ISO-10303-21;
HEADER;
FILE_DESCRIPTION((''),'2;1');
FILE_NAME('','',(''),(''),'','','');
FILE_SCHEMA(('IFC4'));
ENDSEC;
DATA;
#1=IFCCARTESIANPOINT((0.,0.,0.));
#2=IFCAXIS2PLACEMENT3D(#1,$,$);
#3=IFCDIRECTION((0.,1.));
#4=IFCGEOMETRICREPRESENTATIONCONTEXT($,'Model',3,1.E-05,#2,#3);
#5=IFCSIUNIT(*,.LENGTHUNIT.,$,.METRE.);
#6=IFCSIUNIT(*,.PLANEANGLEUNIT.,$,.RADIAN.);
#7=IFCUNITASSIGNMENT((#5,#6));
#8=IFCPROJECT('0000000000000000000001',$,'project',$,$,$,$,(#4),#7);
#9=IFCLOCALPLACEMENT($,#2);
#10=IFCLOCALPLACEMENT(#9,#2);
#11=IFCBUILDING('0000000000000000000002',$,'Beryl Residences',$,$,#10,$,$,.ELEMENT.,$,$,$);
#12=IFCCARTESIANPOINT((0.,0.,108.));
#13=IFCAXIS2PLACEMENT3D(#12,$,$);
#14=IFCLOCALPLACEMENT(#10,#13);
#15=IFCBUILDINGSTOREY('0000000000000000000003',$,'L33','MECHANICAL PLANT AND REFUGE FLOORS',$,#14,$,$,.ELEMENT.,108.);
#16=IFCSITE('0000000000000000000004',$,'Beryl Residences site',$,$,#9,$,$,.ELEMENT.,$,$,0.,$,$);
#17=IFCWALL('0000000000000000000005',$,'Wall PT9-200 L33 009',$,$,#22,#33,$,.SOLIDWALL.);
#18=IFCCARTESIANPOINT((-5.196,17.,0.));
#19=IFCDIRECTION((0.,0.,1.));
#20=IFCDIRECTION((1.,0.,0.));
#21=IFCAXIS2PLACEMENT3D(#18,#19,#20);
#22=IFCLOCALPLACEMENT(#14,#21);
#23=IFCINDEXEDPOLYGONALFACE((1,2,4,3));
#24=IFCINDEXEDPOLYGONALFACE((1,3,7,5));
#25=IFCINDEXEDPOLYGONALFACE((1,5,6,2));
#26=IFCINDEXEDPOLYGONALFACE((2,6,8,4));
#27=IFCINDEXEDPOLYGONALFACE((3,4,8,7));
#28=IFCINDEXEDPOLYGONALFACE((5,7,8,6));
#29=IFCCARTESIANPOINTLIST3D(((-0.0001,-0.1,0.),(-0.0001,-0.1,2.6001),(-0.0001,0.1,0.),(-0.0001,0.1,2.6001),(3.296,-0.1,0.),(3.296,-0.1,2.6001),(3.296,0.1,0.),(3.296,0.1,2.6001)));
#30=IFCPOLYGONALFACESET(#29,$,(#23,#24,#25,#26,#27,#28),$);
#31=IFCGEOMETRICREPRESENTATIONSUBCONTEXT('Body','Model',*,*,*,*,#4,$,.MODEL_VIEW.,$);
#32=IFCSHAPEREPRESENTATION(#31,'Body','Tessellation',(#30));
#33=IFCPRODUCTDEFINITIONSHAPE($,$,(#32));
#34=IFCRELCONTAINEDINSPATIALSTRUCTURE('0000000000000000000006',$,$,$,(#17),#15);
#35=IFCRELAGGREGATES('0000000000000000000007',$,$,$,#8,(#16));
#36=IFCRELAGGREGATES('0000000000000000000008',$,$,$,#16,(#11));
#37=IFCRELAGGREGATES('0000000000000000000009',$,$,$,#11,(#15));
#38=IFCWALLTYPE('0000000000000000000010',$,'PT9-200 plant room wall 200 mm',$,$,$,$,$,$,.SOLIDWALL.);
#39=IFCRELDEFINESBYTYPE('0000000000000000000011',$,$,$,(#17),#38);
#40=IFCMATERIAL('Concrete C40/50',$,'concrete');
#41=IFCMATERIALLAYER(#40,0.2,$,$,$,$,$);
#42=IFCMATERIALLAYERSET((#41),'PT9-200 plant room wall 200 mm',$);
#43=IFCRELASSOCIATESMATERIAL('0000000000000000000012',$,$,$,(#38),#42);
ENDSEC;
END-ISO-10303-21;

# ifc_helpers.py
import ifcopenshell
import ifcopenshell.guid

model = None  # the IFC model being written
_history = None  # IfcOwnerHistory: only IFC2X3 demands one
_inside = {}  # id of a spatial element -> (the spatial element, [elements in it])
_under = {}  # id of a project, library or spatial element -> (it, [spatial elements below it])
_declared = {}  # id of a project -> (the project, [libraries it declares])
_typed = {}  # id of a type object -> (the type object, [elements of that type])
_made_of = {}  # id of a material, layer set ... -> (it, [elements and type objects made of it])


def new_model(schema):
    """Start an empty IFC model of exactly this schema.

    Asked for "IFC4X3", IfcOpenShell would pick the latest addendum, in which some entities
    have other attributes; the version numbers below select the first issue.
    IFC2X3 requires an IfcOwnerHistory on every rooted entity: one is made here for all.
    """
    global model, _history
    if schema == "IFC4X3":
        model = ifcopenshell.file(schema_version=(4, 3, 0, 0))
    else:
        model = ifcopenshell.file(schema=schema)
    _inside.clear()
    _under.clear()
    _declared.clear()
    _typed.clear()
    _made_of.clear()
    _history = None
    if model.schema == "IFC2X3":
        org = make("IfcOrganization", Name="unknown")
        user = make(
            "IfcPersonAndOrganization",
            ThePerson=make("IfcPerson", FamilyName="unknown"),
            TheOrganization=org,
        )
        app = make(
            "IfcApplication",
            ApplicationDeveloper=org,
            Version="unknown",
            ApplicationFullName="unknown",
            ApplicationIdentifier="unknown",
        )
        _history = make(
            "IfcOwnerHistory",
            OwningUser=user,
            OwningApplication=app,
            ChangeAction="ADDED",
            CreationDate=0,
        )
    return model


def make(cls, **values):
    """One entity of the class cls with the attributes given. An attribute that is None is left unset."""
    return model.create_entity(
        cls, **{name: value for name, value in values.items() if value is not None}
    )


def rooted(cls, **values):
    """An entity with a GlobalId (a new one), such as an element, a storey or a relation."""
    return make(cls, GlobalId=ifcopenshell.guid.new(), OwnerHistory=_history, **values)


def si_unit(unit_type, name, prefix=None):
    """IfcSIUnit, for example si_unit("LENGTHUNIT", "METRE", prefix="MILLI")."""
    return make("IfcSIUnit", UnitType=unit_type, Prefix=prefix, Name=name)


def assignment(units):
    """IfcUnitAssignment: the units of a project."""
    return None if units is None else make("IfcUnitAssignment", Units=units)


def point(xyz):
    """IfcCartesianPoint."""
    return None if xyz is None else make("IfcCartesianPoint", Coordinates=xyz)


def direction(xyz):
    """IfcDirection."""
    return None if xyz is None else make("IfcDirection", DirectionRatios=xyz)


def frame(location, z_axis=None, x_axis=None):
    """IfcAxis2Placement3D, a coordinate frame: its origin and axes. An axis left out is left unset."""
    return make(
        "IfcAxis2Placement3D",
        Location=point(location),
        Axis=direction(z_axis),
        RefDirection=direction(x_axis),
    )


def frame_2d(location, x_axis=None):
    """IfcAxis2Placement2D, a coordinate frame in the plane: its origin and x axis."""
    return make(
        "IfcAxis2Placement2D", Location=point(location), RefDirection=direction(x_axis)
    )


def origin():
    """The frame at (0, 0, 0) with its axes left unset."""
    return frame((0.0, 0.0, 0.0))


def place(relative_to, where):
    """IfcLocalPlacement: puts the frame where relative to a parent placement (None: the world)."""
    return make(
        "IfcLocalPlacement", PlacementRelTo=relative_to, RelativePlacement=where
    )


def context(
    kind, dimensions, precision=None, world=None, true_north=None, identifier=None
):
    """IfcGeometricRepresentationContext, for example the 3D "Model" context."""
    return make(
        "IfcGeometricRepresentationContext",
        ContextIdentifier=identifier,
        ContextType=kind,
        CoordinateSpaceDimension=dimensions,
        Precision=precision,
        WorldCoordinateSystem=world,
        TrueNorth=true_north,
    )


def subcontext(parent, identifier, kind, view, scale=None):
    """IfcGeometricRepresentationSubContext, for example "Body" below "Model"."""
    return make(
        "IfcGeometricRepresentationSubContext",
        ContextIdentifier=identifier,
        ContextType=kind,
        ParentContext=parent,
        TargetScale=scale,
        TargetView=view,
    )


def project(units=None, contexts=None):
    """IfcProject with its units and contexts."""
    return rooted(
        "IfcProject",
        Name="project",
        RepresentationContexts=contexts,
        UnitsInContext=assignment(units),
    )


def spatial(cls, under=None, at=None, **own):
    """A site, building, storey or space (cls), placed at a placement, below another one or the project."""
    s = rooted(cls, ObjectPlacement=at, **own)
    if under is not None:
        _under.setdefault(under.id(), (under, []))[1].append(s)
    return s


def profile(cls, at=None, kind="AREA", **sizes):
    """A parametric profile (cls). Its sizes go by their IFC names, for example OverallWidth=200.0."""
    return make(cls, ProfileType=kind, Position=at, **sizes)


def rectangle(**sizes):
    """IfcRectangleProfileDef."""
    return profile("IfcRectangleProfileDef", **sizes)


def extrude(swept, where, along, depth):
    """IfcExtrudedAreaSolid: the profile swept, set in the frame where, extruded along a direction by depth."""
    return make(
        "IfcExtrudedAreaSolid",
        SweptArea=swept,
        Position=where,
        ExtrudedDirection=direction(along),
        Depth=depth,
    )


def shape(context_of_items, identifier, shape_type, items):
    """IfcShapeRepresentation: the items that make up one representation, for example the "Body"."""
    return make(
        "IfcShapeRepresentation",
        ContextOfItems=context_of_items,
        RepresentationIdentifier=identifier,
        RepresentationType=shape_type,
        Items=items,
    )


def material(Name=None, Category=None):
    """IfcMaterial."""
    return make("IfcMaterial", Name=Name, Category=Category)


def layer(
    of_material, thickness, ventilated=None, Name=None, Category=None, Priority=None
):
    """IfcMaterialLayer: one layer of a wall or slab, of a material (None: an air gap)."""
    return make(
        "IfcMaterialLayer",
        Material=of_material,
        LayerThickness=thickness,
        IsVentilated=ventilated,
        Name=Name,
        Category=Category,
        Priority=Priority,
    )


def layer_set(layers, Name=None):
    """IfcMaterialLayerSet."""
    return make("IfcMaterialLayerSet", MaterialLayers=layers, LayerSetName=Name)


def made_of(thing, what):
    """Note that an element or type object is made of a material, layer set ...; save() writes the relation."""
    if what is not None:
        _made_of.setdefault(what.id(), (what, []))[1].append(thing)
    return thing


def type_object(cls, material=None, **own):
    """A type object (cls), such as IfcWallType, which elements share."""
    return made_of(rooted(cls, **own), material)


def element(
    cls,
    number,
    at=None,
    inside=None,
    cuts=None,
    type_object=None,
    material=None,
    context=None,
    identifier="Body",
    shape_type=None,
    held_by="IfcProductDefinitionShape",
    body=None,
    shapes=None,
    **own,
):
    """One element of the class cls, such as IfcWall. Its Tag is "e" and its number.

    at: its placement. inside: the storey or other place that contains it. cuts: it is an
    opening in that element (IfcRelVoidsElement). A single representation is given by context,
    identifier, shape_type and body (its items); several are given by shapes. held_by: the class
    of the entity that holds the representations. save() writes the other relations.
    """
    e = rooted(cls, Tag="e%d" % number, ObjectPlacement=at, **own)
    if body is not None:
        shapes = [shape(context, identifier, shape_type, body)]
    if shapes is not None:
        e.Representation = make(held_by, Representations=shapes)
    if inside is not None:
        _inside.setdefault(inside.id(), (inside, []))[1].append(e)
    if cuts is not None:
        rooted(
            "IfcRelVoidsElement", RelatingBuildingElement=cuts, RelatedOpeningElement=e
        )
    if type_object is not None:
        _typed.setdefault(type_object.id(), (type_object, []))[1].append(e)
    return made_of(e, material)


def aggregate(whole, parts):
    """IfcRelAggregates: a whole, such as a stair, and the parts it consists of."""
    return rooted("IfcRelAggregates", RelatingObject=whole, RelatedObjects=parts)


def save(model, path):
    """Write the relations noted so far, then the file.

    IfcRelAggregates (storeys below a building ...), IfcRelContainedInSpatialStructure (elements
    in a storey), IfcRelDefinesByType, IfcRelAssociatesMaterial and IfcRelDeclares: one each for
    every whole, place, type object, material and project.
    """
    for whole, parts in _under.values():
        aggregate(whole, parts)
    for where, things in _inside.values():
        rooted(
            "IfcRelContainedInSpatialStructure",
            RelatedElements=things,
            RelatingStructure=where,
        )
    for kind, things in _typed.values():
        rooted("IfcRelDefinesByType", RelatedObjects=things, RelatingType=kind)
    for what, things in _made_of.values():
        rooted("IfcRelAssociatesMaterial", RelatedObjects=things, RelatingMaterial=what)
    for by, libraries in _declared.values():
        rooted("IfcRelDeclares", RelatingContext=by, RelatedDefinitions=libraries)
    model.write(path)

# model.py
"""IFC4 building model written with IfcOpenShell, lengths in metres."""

from ifc_helpers import new_model, si_unit, direction, frame, frame_2d, origin, place, context, subcontext, project, spatial, rectangle, extrude, material, layer, layer_set, type_object, element, save


model = new_model("IFC4")

# Units and contexts
model_context = context("Model", 3, precision=1e-05, world=origin(), true_north=direction((0.0, 1.0)))
body_context = subcontext(model_context, "Body", "Model", "MODEL_VIEW")
ifc_project = project(units=[si_unit("LENGTHUNIT", "METRE"), si_unit("PLANEANGLEUNIT", "RADIAN")], contexts=[model_context])

# Site, building, storey
site_placement = place(None, origin())
site = spatial("IfcSite", under=ifc_project, at=site_placement, Name="Beryl Residences site", CompositionType="ELEMENT", RefElevation=0.0)
building_placement = place(site_placement, origin())
building = spatial("IfcBuilding", under=site, at=building_placement, Name="Beryl Residences", CompositionType="ELEMENT")
storey_placement = place(building_placement, frame((0.0, 0.0, 108.0)))
storey = spatial("IfcBuildingStorey", under=building, at=storey_placement, Name="L33", Description="MECHANICAL PLANT AND REFUGE FLOORS", CompositionType="ELEMENT", Elevation=108.0)

# Wall
ifc_material_1 = material(Name="Concrete C40/50", Category="concrete")
ifc_layer_1 = layer(ifc_material_1, 0.2)
ifc_layer_set_1 = layer_set([ifc_layer_1], Name="PT9-200 plant room wall 200 mm")
wall_type_1 = type_object("IfcWallType", Name="PT9-200 plant room wall 200 mm", PredefinedType="SOLIDWALL", material=ifc_layer_set_1)
wall_1_placement = place(storey_placement, frame((-5.196, 17.0, 0.0), z_axis=(0.0, 0.0, 1.0), x_axis=(1.0, 0.0, 0.0)))
element("IfcWall", 1, at=wall_1_placement, inside=storey, type_object=wall_type_1, Name="Wall PT9-200 L33 009", PredefinedType="SOLIDWALL", context=body_context, shape_type="SweptSolid", body=[
    extrude(rectangle(XDim=3.2961, YDim=0.2, at=frame_2d((1.6479, 0.0))), origin(), (0.0, 0.0, 1.0), 2.6001),
])

save(model, "model.ifc")
